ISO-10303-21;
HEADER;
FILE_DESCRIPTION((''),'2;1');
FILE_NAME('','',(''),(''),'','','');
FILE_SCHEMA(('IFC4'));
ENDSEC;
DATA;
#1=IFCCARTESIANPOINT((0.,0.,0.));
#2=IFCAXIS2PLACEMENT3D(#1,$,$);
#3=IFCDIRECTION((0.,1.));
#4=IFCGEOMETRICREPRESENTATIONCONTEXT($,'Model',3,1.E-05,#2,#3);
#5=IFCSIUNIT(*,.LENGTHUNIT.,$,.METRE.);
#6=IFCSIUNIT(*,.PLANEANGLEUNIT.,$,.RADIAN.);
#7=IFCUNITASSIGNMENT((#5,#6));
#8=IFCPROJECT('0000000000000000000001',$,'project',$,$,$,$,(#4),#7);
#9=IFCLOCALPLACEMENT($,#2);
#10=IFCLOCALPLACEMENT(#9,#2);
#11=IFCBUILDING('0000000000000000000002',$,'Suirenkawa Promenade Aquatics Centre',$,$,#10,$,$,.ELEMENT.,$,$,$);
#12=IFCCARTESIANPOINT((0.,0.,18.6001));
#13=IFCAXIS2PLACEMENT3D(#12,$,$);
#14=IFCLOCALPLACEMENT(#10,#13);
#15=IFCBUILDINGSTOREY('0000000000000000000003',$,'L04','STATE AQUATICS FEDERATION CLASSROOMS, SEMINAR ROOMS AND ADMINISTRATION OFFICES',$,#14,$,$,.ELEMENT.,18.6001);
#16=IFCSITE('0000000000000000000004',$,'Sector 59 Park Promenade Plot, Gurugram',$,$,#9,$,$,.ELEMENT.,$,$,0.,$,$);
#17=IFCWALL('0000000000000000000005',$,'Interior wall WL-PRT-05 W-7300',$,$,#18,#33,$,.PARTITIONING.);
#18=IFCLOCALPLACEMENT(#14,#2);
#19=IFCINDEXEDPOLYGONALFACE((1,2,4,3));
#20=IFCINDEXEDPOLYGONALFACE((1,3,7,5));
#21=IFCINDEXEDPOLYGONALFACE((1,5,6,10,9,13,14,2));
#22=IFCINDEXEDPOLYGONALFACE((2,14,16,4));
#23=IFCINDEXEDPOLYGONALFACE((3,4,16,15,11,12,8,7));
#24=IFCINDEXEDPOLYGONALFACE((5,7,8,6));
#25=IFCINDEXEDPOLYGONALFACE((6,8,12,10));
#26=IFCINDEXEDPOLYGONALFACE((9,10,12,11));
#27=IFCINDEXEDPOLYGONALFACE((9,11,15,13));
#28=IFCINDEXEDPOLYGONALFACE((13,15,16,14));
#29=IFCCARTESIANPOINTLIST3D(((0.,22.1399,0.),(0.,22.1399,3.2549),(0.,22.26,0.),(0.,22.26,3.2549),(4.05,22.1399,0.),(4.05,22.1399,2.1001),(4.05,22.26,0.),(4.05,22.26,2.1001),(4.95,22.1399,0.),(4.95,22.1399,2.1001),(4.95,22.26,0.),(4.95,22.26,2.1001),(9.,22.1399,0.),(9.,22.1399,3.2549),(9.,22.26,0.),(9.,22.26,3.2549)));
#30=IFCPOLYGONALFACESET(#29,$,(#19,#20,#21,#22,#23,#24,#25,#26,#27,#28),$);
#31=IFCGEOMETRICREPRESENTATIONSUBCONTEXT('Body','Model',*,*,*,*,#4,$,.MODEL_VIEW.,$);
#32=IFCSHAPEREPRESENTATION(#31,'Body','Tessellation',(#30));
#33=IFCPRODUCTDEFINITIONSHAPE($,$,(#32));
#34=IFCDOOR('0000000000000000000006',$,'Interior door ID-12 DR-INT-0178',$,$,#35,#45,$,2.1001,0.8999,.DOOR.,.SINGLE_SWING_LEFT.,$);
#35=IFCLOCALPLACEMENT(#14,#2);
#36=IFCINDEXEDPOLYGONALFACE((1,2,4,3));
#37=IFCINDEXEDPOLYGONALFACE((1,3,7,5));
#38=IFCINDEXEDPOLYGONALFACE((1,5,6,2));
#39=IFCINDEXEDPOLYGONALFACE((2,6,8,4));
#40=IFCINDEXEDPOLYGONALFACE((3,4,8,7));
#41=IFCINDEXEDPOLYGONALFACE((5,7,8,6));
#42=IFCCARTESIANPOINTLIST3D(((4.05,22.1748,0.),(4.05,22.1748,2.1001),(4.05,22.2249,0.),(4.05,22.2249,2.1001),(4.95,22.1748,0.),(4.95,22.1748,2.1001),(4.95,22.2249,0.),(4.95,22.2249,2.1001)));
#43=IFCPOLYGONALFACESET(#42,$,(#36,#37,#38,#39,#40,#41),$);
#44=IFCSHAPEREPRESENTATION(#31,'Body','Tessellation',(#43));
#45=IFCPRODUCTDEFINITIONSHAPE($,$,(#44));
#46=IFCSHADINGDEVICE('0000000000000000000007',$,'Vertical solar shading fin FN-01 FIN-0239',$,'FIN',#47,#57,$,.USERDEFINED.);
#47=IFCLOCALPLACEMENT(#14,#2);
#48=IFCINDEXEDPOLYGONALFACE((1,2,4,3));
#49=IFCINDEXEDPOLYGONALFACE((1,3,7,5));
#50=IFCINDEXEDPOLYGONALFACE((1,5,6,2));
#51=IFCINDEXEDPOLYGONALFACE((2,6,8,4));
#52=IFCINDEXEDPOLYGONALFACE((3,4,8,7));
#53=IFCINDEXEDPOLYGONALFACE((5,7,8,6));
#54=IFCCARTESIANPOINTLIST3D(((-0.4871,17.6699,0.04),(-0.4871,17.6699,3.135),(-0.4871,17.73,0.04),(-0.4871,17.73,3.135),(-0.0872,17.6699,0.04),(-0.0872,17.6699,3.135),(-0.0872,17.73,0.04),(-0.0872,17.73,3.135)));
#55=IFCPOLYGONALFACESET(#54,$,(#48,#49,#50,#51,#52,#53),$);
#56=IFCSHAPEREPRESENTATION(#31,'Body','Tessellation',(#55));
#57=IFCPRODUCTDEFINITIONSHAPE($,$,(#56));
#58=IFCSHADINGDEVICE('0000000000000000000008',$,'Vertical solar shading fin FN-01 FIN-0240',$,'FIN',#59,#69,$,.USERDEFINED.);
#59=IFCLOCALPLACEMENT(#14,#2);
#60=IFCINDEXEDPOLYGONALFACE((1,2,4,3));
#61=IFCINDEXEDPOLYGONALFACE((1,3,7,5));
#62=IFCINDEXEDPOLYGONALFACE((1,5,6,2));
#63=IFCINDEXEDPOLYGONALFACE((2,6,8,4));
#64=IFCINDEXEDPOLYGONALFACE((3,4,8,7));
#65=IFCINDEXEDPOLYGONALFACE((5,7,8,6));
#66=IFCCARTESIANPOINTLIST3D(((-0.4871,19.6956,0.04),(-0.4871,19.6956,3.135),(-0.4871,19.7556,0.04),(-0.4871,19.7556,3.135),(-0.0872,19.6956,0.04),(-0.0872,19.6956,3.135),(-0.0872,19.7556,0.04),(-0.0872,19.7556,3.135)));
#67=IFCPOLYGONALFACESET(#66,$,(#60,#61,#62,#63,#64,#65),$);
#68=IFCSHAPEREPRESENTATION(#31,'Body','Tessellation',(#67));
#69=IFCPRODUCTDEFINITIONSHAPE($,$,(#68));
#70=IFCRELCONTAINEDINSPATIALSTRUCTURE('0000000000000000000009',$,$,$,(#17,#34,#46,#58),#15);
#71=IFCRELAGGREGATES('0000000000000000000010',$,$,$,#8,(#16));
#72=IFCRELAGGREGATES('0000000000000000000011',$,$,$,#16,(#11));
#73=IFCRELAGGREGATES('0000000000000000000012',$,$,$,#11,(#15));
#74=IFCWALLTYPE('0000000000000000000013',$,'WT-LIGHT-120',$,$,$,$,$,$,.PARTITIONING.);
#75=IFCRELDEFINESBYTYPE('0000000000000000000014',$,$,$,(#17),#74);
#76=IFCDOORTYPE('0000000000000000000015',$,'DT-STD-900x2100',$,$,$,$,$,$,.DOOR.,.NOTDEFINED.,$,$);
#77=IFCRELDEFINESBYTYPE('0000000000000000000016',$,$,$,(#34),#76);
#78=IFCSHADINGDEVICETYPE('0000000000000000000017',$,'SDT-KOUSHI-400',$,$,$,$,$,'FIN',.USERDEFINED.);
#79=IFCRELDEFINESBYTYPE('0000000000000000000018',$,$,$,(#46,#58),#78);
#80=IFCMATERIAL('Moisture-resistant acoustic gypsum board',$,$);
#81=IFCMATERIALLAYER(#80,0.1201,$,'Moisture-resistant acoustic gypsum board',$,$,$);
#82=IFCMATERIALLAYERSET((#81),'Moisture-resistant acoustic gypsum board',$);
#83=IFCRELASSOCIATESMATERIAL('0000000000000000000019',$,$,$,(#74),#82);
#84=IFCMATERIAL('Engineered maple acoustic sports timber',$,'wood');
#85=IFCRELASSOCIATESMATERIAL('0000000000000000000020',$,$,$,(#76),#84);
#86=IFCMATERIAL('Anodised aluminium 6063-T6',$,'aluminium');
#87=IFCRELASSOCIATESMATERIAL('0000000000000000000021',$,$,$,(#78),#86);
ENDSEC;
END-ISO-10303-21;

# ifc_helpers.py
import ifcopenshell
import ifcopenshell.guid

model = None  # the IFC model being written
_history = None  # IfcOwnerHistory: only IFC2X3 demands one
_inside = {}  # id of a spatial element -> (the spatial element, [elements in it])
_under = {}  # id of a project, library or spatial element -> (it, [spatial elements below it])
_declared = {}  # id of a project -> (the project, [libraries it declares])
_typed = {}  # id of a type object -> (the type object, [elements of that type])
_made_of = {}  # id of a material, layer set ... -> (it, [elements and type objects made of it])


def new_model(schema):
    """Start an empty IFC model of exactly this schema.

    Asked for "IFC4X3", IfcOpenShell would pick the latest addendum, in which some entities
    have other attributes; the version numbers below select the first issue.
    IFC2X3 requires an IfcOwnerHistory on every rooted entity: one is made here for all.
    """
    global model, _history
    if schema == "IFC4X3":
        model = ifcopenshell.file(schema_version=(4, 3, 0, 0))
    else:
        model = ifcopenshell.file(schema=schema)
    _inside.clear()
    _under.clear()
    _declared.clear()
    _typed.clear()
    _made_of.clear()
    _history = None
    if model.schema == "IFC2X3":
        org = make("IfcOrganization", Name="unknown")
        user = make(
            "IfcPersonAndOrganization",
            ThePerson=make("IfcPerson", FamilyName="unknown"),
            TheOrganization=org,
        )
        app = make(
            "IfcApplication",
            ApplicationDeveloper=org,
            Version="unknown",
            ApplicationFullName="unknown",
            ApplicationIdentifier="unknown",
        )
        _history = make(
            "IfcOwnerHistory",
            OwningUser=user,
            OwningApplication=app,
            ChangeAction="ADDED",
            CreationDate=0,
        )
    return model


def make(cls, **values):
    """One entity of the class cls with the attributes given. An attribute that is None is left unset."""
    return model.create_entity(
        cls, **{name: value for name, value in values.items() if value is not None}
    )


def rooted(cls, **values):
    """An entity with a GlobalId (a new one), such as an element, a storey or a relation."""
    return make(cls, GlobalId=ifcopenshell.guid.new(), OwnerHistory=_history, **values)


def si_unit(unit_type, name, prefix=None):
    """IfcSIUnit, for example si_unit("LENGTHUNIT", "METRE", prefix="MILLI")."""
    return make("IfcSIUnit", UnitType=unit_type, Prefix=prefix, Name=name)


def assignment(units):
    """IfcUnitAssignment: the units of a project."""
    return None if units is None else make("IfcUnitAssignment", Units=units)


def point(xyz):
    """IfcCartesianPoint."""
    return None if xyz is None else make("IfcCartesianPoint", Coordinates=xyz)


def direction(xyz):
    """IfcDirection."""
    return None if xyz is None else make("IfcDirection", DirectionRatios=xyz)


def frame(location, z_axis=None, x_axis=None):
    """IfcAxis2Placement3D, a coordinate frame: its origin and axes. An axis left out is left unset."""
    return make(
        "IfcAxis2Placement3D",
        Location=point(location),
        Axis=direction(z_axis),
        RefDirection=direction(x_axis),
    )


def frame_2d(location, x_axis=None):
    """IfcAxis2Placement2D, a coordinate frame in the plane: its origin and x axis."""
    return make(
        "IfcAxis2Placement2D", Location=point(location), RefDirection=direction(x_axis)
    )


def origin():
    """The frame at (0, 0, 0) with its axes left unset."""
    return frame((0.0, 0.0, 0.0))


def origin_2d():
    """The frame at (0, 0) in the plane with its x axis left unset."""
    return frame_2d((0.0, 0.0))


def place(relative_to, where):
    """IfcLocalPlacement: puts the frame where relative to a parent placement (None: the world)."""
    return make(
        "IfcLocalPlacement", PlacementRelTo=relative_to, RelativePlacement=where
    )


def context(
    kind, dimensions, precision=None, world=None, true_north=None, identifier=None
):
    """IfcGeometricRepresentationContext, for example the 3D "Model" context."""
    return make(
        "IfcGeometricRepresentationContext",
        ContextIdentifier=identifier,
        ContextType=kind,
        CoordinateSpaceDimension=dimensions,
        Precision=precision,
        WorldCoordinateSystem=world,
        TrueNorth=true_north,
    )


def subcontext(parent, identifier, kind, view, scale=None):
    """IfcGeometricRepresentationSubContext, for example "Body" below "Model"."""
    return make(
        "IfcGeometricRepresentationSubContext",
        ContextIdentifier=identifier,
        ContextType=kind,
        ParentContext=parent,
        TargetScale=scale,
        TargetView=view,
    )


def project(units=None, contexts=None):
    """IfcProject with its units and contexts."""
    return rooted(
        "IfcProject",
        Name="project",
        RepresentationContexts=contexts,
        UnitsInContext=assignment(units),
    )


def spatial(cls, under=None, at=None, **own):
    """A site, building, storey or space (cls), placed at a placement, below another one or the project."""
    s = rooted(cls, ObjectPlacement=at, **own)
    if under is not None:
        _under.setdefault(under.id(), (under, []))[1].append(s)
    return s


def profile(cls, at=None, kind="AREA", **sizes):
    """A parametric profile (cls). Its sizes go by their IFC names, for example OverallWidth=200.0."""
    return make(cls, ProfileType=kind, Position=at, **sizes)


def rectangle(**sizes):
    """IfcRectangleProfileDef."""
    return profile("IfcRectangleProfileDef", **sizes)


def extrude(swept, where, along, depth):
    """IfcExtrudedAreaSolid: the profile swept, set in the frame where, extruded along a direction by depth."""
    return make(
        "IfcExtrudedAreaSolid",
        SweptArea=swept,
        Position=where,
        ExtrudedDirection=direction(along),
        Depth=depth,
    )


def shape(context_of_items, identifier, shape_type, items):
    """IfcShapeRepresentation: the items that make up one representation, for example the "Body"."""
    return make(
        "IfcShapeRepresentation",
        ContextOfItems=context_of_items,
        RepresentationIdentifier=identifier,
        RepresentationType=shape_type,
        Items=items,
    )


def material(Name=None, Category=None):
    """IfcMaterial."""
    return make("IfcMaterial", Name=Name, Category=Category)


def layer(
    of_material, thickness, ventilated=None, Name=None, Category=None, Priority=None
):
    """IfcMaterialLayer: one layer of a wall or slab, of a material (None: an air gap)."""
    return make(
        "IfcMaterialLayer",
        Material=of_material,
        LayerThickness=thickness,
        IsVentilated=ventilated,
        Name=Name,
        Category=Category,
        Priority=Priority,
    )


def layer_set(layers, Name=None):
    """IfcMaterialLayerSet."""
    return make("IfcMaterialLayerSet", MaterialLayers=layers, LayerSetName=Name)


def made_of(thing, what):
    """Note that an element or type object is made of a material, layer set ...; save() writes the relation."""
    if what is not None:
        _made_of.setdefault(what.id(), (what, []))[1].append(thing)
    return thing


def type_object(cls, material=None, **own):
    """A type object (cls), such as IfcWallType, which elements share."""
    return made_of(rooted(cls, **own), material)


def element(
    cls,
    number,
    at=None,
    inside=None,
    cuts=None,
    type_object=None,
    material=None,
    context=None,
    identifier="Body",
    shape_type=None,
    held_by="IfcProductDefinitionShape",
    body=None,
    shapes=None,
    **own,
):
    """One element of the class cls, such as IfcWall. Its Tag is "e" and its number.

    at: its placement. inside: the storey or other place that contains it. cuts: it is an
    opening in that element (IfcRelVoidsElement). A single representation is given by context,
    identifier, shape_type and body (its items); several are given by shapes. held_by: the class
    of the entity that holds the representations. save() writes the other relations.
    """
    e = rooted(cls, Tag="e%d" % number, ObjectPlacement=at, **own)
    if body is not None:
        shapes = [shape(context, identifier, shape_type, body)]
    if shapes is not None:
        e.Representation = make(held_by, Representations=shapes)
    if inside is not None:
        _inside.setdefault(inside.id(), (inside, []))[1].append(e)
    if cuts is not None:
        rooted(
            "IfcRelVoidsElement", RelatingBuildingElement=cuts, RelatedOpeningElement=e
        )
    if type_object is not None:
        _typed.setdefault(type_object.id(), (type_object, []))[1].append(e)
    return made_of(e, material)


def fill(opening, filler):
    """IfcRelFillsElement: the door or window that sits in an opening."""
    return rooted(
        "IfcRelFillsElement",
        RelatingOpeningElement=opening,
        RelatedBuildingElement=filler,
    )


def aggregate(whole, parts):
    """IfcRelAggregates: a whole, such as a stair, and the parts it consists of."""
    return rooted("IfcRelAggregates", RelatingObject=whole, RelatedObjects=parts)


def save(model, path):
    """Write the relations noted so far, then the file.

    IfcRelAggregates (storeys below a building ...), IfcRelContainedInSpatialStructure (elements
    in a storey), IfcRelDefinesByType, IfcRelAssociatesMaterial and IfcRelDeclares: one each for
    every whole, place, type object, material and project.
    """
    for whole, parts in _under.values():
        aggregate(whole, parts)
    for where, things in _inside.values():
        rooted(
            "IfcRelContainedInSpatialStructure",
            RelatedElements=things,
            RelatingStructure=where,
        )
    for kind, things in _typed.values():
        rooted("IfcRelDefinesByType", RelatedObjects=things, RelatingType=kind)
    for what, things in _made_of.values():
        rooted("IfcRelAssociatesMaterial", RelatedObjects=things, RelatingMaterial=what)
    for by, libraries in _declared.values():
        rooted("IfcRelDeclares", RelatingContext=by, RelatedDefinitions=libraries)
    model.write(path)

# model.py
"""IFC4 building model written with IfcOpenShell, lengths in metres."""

from ifc_helpers import new_model, si_unit, direction, frame, frame_2d, origin, origin_2d, place, context, subcontext, project, spatial, rectangle, extrude, material, layer, layer_set, type_object, element, fill, save


model = new_model("IFC4")

# Units and contexts
model_context = context("Model", 3, precision=1e-05, world=origin(), true_north=direction((0.0, 1.0)))
body_context = subcontext(model_context, "Body", "Model", "MODEL_VIEW")
ifc_project = project(units=[si_unit("LENGTHUNIT", "METRE"), si_unit("PLANEANGLEUNIT", "RADIAN")], contexts=[model_context])

# Site, building, storey
site_placement = place(None, origin())
site = spatial("IfcSite", under=ifc_project, at=site_placement, Name="Sector 59 Park Promenade Plot, Gurugram", CompositionType="ELEMENT", RefElevation=0.0)
building_placement = place(site_placement, origin())
building = spatial("IfcBuilding", under=site, at=building_placement, Name="Suirenkawa Promenade Aquatics Centre", CompositionType="ELEMENT")
storey_placement = place(building_placement, frame((0.0, 0.0, 18.6001)))
storey = spatial("IfcBuildingStorey", under=building, at=storey_placement, Name="L04", Description="STATE AQUATICS FEDERATION CLASSROOMS, SEMINAR ROOMS AND ADMINISTRATION OFFICES", CompositionType="ELEMENT", Elevation=18.6001)

# Shared definitions
ifc_material_1 = material(Name="Anodised aluminium 6063-T6", Category="aluminium")

# Wall, opening, door
ifc_material_2 = material(Name="Moisture-resistant acoustic gypsum board")
ifc_layer_1 = layer(ifc_material_2, 0.1201, Name="Moisture-resistant acoustic gypsum board")
ifc_layer_set_1 = layer_set([ifc_layer_1], Name="Moisture-resistant acoustic gypsum board")
wall_type = type_object("IfcWallType", Name="WT-LIGHT-120", PredefinedType="PARTITIONING", material=ifc_layer_set_1)
wall_placement = place(storey_placement, frame((0.0, 22.2, 0.0), z_axis=(0.0, 0.0, 1.0), x_axis=(1.0, 0.0, 0.0)))
wall = element("IfcWall", 1, at=wall_placement, inside=storey, type_object=wall_type, Name="Interior wall WL-PRT-05 W-7300", PredefinedType="PARTITIONING", context=body_context, shape_type="SweptSolid", body=[
    extrude(rectangle(XDim=9.0, YDim=0.1201, at=frame_2d((4.5, 0.0))), origin(), (0.0, 0.0, 1.0), 3.2549),
])
opening_placement = place(wall_placement, frame((4.05, 0.0, 0.0)))
opening = element("IfcOpeningElement", 2, at=opening_placement, cuts=wall, PredefinedType="OPENING", context=body_context, shape_type="SweptSolid", body=[
    extrude(rectangle(XDim=0.8999, YDim=2.1001, at=frame_2d((0.45, 1.05))), frame((0.0, 0.0701, 0.0), z_axis=(0.0, -1.0, 0.0), x_axis=(1.0, 0.0, 0.0)), (0.0, 0.0, 1.0), 0.1401),
])
ifc_material_3 = material(Name="Engineered maple acoustic sports timber", Category="wood")
door_type = type_object("IfcDoorType", Name="DT-STD-900x2100", OperationType="NOTDEFINED", PredefinedType="DOOR", material=ifc_material_3)
door_placement = place(opening_placement, origin())
door = element("IfcDoor", 3, at=door_placement, inside=storey, type_object=door_type, Name="Interior door ID-12 DR-INT-0178", OperationType="SINGLE_SWING_LEFT", OverallHeight=2.1001, OverallWidth=0.8999, PredefinedType="DOOR", context=body_context, shape_type="SweptSolid", body=[
    extrude(rectangle(XDim=0.8999, YDim=2.1001, at=frame_2d((0.45, 1.05))), frame((0.0, 0.0249, 0.0), z_axis=(0.0, -1.0, 0.0), x_axis=(1.0, 0.0, 0.0)), (0.0, 0.0, 1.0), 0.05),
])
fill(opening, door)

# Shading devices
shading_device_type = type_object("IfcShadingDeviceType", Name="SDT-KOUSHI-400", ElementType="FIN", PredefinedType="USERDEFINED", material=ifc_material_1)
for number, where, z_axis, x_axis, name in (
    (4, (-0.2871, 17.7, 0.04), (0.0, 0.0, 1.0), (-1.0, 0.0, 0.0), "Vertical solar shading fin FN-01 FIN-0239"),
    (5, (-0.2871, 19.7256, 0.04), (0.0, 0.0, 1.0), (-1.0, 0.0, 0.0), "Vertical solar shading fin FN-01 FIN-0240"),
):
    element("IfcShadingDevice", number, at=place(storey_placement, frame(where, z_axis=z_axis, x_axis=x_axis)), inside=storey, type_object=shading_device_type, Name=name, ObjectType="FIN", PredefinedType="USERDEFINED", context=body_context, shape_type="SweptSolid", body=[
        extrude(rectangle(XDim=0.3999, YDim=0.0601, at=origin_2d()), origin(), (0.0, 0.0, 1.0), 3.095),
    ])

save(model, "model.ifc")
